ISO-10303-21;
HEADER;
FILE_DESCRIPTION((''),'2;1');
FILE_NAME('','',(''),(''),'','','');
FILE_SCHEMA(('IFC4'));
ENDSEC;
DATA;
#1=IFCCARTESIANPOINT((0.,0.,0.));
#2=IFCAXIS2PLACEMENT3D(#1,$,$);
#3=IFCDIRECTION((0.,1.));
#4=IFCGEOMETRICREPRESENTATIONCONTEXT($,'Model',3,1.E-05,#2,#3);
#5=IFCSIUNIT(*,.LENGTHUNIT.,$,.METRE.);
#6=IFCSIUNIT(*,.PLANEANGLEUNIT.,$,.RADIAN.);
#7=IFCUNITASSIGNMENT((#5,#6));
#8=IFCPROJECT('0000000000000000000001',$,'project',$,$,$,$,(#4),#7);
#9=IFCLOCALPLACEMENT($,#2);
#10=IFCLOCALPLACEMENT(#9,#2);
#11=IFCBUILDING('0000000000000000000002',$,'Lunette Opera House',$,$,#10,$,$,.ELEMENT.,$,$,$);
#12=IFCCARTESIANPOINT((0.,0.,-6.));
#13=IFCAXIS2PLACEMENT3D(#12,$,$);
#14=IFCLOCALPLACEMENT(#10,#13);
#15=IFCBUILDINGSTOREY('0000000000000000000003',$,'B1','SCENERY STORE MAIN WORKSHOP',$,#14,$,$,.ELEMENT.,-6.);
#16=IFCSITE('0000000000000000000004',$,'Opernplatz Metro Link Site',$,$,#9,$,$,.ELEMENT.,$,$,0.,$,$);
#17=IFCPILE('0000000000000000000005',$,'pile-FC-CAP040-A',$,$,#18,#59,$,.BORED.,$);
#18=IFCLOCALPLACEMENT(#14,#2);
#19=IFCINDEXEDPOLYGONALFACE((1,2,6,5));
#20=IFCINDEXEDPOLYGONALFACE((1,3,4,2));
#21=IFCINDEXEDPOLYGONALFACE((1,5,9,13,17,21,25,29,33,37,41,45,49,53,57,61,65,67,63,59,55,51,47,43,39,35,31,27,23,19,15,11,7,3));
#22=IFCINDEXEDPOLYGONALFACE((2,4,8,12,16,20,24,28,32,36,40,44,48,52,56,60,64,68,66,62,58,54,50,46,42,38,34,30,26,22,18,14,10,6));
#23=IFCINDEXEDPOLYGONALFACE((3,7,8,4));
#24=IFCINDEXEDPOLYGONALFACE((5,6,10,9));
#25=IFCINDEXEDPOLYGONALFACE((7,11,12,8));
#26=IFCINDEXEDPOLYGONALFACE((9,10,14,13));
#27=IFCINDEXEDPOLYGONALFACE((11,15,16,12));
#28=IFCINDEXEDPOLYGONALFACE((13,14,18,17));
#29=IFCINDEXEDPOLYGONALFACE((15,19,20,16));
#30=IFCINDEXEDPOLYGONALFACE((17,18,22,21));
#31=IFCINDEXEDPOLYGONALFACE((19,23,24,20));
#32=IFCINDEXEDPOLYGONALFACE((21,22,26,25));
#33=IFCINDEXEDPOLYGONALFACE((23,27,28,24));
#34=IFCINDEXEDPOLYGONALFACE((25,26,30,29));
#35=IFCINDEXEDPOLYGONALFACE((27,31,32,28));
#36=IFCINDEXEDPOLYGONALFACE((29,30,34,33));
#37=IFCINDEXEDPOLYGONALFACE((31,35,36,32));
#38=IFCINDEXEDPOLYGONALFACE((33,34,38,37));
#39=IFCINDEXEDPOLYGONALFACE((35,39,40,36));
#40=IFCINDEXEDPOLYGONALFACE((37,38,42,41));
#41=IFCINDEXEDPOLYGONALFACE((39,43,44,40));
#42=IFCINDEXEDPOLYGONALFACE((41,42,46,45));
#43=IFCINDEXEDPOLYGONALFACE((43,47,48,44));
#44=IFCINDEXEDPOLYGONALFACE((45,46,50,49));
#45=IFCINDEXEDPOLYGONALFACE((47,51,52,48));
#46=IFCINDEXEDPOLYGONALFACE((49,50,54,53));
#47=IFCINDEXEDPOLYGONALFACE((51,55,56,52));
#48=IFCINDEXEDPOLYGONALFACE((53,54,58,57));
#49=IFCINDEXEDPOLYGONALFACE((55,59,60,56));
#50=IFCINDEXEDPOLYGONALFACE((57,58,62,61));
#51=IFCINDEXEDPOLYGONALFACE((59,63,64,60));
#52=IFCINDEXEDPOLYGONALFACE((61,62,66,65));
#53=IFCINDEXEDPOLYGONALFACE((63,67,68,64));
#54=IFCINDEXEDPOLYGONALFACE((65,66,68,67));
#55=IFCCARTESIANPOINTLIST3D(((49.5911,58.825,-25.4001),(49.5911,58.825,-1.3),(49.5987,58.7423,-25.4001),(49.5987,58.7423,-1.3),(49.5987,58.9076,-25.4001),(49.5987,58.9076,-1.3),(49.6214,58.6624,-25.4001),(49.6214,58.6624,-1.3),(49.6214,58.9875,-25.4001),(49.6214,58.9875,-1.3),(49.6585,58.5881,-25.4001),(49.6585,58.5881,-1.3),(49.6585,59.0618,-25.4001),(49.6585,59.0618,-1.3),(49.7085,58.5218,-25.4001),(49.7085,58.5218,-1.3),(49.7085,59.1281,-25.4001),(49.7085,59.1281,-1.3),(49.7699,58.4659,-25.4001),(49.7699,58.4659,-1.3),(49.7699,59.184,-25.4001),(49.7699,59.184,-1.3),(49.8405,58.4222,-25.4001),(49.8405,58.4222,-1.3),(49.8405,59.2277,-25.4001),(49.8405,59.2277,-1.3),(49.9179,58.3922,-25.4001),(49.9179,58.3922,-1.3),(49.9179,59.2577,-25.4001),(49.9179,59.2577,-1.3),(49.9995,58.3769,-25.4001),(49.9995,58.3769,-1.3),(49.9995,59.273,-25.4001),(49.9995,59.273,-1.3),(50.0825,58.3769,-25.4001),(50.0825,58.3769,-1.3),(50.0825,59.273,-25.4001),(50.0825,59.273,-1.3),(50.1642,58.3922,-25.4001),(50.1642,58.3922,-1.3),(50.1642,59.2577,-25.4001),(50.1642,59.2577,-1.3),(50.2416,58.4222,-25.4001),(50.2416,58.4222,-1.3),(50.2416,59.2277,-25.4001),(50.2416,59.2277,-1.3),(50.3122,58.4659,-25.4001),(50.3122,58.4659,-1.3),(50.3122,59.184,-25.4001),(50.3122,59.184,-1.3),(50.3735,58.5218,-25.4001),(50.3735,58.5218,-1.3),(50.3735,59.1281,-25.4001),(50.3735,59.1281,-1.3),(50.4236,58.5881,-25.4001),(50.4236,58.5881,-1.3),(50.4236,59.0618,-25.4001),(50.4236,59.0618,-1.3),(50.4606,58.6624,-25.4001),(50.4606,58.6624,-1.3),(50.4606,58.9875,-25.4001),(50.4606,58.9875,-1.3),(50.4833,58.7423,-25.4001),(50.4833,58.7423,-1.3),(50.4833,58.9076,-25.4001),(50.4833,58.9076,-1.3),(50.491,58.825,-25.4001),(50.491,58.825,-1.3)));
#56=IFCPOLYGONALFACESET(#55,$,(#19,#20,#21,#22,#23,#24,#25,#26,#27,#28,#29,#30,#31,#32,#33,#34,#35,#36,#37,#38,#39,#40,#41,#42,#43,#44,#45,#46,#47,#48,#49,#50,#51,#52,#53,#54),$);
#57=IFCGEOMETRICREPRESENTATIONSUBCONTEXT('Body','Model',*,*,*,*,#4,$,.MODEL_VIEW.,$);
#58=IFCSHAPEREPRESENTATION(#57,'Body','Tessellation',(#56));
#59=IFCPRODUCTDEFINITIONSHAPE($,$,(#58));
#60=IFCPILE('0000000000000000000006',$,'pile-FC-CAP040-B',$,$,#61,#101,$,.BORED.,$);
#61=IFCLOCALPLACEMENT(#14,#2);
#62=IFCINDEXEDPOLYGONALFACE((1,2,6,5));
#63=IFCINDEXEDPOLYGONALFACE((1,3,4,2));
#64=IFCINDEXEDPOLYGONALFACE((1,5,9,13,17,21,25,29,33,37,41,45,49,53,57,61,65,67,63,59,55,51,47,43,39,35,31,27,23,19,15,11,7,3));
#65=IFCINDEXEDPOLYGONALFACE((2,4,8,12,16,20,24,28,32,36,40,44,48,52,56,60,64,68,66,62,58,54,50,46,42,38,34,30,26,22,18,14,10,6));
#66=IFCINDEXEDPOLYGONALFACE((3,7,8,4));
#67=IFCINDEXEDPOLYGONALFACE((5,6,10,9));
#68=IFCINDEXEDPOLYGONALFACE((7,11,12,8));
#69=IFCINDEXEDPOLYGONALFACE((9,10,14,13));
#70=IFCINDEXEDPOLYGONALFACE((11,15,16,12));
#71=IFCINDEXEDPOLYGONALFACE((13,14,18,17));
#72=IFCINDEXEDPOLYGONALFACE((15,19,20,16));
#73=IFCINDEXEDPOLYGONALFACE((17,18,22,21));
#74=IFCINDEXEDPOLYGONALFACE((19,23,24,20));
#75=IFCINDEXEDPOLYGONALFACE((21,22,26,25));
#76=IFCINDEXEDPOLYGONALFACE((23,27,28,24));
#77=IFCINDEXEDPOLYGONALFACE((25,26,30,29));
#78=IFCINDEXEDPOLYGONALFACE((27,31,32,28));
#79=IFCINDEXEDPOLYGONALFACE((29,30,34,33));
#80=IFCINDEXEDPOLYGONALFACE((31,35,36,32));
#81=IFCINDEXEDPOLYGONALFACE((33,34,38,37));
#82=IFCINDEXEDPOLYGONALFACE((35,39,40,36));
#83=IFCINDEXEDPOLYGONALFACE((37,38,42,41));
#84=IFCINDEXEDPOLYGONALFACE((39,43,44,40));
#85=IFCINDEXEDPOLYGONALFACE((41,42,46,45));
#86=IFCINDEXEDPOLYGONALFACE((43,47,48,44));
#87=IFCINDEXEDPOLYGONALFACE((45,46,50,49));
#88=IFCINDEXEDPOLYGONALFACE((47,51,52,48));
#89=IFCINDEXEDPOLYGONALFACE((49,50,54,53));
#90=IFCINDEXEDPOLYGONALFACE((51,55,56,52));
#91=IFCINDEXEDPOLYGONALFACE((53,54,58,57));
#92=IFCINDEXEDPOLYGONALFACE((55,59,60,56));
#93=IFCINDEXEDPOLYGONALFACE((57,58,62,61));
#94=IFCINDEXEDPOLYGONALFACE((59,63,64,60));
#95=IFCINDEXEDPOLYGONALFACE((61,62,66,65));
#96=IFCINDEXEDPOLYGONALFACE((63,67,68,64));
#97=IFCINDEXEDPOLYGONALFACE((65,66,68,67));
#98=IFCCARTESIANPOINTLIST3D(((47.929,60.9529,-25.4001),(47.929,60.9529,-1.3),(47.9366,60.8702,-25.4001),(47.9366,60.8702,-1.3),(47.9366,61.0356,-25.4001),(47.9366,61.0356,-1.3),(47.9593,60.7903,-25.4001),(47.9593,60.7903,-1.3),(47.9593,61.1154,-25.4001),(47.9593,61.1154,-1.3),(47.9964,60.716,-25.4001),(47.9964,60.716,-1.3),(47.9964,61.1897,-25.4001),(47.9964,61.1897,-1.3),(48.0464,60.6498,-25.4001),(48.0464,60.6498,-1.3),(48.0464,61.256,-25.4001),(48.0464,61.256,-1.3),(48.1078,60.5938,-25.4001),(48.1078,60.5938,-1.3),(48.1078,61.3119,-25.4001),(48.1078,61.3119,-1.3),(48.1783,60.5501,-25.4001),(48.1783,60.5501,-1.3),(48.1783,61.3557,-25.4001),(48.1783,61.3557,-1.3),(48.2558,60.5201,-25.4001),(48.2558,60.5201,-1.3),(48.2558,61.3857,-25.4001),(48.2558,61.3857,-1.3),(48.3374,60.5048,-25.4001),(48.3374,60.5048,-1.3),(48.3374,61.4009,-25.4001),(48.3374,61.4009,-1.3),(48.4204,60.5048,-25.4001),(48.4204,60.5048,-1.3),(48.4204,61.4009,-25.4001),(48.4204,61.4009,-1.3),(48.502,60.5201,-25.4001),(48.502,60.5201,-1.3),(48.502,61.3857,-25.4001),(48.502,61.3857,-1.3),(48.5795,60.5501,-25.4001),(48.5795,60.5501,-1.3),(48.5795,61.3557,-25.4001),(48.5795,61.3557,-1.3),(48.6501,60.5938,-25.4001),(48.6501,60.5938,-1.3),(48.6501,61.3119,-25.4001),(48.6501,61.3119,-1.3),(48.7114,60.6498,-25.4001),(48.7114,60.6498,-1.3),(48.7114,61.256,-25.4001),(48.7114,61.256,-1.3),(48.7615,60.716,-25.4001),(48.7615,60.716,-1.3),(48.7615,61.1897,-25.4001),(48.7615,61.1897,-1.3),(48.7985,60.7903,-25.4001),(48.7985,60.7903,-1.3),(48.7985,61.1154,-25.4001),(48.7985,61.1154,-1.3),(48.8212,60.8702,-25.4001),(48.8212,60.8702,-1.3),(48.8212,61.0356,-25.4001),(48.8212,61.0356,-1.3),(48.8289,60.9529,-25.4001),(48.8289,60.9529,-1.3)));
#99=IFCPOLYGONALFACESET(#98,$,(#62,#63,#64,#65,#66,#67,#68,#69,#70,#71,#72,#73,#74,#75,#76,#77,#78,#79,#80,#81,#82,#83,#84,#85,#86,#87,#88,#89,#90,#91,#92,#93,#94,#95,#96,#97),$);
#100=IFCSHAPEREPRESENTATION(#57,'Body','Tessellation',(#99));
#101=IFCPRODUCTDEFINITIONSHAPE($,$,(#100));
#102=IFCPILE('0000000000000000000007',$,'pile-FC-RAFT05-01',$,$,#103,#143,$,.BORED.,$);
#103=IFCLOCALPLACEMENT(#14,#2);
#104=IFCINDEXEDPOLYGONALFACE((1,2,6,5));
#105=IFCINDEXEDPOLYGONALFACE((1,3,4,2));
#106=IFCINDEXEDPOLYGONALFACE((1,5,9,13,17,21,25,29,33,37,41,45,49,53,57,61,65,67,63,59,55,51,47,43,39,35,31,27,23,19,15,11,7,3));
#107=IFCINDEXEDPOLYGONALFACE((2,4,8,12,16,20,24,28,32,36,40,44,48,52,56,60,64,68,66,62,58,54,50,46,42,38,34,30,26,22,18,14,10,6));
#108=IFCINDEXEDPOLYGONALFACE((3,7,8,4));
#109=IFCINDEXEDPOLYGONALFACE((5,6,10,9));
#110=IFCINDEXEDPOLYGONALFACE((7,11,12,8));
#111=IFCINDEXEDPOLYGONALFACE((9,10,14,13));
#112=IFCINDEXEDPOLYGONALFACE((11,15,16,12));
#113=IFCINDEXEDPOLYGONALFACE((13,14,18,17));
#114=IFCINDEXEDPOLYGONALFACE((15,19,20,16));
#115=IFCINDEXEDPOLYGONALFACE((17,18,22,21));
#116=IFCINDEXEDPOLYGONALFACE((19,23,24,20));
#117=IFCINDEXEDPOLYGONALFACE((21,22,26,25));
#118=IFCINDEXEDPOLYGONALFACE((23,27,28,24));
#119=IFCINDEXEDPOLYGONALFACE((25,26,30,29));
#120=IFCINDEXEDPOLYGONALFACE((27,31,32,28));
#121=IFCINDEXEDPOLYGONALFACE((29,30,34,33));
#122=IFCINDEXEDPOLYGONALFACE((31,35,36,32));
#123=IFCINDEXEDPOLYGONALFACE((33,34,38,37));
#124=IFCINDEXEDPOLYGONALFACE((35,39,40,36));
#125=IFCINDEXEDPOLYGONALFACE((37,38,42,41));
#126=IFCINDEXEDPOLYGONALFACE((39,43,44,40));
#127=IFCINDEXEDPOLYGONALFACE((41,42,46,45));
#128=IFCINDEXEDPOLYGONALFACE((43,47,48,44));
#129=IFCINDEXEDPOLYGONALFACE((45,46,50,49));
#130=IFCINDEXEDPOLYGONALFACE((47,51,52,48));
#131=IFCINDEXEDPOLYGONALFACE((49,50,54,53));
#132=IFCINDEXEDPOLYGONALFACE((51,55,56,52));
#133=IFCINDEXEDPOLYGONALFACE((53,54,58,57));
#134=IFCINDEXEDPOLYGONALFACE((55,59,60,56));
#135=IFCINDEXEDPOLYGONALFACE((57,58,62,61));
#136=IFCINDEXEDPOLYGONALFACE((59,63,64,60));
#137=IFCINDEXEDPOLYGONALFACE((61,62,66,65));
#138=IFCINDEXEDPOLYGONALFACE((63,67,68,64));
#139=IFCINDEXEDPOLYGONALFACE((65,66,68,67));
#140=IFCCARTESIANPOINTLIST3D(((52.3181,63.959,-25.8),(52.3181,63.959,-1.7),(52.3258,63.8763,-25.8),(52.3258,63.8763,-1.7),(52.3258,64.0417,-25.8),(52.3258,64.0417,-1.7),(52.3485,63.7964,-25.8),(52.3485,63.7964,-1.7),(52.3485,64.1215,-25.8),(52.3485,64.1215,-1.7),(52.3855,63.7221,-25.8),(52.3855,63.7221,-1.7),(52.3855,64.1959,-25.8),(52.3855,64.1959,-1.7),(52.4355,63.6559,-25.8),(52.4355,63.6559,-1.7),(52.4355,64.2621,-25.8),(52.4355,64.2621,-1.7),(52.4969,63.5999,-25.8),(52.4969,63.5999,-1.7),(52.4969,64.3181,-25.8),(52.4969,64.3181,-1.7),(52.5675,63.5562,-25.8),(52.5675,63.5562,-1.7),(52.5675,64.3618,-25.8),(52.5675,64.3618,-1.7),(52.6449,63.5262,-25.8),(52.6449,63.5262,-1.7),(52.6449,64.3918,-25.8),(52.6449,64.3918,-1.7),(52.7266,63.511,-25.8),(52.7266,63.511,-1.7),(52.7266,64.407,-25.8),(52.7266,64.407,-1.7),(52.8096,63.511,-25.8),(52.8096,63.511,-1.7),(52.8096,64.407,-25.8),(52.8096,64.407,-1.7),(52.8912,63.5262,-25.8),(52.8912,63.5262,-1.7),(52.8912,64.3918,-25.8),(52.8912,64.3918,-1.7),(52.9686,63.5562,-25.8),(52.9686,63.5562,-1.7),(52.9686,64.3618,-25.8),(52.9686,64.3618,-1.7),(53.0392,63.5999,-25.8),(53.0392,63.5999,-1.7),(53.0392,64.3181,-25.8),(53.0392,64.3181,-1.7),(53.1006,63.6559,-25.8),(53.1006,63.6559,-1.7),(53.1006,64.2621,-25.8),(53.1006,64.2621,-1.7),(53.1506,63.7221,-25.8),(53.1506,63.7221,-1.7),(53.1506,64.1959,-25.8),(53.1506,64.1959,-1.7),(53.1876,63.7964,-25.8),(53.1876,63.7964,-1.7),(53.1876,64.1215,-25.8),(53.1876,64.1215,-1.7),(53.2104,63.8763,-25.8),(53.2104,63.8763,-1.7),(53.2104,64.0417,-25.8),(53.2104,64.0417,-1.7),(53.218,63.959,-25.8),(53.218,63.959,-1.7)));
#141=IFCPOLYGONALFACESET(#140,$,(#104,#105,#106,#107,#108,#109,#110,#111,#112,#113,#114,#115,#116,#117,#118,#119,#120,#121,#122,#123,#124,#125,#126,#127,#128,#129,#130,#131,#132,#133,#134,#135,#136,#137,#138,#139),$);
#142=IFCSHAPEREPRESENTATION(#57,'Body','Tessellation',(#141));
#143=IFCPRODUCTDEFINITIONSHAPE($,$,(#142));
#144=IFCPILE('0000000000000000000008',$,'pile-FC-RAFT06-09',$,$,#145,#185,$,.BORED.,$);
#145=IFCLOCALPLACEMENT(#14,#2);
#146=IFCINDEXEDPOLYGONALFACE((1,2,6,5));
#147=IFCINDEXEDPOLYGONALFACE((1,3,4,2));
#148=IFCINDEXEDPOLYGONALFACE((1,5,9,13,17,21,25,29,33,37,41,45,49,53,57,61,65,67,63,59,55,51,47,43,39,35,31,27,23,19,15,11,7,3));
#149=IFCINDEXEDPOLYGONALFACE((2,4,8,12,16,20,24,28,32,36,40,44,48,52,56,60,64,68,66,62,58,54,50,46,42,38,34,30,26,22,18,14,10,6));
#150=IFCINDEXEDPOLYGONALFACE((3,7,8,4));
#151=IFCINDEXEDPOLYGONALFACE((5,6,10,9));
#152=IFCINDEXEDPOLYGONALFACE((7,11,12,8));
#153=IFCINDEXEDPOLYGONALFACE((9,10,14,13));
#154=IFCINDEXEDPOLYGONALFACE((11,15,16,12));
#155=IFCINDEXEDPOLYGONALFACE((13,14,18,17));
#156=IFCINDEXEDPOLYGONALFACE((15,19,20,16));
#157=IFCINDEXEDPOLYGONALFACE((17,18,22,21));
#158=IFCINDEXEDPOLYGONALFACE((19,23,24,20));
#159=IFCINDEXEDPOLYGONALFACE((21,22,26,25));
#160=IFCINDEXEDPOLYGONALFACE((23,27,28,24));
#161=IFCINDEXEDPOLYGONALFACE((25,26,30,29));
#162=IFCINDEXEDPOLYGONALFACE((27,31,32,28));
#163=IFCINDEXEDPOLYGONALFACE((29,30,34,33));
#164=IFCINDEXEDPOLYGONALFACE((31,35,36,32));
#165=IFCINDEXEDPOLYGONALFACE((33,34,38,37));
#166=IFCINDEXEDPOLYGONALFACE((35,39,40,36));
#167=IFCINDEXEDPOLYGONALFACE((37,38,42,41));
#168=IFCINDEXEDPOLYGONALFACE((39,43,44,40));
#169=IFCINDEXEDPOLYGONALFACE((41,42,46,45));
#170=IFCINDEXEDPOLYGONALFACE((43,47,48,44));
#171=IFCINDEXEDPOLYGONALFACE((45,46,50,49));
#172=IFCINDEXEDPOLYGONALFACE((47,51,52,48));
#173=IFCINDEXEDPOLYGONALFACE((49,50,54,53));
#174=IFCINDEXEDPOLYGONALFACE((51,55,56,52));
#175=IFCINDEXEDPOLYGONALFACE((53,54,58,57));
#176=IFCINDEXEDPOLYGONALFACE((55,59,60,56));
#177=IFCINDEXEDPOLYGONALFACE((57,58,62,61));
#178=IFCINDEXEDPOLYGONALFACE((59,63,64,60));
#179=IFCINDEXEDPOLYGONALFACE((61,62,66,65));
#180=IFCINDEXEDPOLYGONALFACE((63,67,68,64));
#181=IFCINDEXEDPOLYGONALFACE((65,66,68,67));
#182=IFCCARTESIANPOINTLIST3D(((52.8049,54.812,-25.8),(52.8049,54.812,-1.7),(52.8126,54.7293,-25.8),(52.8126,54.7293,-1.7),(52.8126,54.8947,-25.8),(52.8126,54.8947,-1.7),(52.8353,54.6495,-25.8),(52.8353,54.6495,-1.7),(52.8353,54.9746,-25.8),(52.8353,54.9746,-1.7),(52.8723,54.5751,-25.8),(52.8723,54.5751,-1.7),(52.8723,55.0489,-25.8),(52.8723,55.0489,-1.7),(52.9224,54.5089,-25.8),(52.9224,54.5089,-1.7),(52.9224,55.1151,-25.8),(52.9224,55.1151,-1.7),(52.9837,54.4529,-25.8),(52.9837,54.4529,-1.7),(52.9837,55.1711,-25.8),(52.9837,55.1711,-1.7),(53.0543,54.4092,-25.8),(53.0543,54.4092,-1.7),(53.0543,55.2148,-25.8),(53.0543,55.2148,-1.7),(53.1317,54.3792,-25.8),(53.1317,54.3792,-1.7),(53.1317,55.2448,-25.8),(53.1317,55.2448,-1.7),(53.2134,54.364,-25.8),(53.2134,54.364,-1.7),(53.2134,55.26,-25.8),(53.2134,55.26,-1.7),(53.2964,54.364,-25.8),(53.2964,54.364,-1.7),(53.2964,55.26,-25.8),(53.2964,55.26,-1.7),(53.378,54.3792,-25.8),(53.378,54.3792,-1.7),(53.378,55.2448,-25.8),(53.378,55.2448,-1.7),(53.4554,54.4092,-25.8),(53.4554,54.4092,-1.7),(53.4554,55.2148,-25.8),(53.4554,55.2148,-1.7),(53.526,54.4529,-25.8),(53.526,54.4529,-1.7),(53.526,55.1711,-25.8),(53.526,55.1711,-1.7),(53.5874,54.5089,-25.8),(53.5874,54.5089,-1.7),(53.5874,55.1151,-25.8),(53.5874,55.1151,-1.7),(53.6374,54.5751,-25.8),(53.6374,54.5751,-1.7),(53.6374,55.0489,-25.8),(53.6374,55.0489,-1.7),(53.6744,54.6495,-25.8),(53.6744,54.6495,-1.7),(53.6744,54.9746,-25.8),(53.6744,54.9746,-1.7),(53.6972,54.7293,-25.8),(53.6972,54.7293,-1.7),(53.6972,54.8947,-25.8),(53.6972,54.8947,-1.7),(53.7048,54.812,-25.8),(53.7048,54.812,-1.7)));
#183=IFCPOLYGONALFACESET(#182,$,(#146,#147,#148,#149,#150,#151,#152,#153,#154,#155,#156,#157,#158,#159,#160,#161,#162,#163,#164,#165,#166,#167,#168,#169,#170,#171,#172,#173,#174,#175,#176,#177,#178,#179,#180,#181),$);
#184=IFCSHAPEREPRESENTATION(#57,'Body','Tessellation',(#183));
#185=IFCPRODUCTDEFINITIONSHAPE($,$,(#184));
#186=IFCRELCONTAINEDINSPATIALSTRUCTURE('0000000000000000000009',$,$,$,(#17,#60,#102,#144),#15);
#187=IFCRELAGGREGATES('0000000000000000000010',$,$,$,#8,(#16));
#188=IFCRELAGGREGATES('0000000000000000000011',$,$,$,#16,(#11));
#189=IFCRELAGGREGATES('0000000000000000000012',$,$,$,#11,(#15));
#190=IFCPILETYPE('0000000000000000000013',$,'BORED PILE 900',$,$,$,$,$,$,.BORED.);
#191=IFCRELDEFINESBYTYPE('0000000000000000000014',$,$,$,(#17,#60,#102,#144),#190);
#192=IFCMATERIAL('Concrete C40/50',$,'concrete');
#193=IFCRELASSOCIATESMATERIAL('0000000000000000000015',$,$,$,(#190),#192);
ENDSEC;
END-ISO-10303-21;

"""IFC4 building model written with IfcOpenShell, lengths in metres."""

from ifc_helpers import new_model, si_unit, direction, frame, origin, origin_2d, place, context, subcontext, project, spatial, circle, extrude, material, material_profile, profile_set, type_object, element, save


model = new_model("IFC4")

# Units and contexts
model_context = context("Model", 3, precision=1e-05, world=origin(), true_north=direction((0.0, 1.0)))
body_context = subcontext(model_context, "Body", "Model", "MODEL_VIEW")
ifc_project = project(units=[si_unit("LENGTHUNIT", "METRE"), si_unit("PLANEANGLEUNIT", "RADIAN")], contexts=[model_context])

# Site, building, storey
site_placement = place(None, origin())
site = spatial("IfcSite", under=ifc_project, at=site_placement, Name="Opernplatz Metro Link Site", CompositionType="ELEMENT", RefElevation=0.0)
building_placement = place(site_placement, origin())
building = spatial("IfcBuilding", under=site, at=building_placement, Name="Lunette Opera House", CompositionType="ELEMENT")
storey_placement = place(building_placement, frame((0.0, 0.0, -6.0)))
storey = spatial("IfcBuildingStorey", under=building, at=storey_placement, Name="B1", Description="SCENERY STORE MAIN WORKSHOP", CompositionType="ELEMENT", Elevation=-6.0)

# Piles
ifc_material_1 = material(Name="Concrete C40/50", Category="concrete")
ifc_material_profile_1 = material_profile(ifc_material_1, circle(Radius=0.45, at=origin_2d()), Name="BORED PILE 900")
ifc_profile_set_1 = profile_set([ifc_material_profile_1], Name="Concrete C40/50")
pile_type = type_object("IfcPileType", Name="BORED PILE 900", PredefinedType="BORED", material=ifc_profile_set_1)
for number, where, z_axis, x_axis, name in (
    (1, (50.041, 58.825, -1.3), (0.0, 0.0, -1.0), (1.0, 0.0, 0.0), "pile-FC-CAP040-A"),
    (2, (48.3789, 60.9529, -1.3), (0.0, 0.0, -1.0), (1.0, 0.0, 0.0), "pile-FC-CAP040-B"),
    (3, (52.7681, 63.959, -1.7), (0.0, 0.0, -1.0), (1.0, 0.0, 0.0), "pile-FC-RAFT05-01"),
    (4, (53.2549, 54.812, -1.7), (0.0, 0.0, -1.0), (1.0, 0.0, 0.0), "pile-FC-RAFT06-09"),
):
    element("IfcPile", number, at=place(storey_placement, frame(where, z_axis=z_axis, x_axis=x_axis)), inside=storey, type_object=pile_type, Name=name, PredefinedType="BORED", context=body_context, shape_type="SweptSolid", body=[
        extrude(circle(Radius=0.45, at=origin_2d()), origin(), (0.0, 0.0, 1.0), 24.1001),
    ])

save(model, "model.ifc")
